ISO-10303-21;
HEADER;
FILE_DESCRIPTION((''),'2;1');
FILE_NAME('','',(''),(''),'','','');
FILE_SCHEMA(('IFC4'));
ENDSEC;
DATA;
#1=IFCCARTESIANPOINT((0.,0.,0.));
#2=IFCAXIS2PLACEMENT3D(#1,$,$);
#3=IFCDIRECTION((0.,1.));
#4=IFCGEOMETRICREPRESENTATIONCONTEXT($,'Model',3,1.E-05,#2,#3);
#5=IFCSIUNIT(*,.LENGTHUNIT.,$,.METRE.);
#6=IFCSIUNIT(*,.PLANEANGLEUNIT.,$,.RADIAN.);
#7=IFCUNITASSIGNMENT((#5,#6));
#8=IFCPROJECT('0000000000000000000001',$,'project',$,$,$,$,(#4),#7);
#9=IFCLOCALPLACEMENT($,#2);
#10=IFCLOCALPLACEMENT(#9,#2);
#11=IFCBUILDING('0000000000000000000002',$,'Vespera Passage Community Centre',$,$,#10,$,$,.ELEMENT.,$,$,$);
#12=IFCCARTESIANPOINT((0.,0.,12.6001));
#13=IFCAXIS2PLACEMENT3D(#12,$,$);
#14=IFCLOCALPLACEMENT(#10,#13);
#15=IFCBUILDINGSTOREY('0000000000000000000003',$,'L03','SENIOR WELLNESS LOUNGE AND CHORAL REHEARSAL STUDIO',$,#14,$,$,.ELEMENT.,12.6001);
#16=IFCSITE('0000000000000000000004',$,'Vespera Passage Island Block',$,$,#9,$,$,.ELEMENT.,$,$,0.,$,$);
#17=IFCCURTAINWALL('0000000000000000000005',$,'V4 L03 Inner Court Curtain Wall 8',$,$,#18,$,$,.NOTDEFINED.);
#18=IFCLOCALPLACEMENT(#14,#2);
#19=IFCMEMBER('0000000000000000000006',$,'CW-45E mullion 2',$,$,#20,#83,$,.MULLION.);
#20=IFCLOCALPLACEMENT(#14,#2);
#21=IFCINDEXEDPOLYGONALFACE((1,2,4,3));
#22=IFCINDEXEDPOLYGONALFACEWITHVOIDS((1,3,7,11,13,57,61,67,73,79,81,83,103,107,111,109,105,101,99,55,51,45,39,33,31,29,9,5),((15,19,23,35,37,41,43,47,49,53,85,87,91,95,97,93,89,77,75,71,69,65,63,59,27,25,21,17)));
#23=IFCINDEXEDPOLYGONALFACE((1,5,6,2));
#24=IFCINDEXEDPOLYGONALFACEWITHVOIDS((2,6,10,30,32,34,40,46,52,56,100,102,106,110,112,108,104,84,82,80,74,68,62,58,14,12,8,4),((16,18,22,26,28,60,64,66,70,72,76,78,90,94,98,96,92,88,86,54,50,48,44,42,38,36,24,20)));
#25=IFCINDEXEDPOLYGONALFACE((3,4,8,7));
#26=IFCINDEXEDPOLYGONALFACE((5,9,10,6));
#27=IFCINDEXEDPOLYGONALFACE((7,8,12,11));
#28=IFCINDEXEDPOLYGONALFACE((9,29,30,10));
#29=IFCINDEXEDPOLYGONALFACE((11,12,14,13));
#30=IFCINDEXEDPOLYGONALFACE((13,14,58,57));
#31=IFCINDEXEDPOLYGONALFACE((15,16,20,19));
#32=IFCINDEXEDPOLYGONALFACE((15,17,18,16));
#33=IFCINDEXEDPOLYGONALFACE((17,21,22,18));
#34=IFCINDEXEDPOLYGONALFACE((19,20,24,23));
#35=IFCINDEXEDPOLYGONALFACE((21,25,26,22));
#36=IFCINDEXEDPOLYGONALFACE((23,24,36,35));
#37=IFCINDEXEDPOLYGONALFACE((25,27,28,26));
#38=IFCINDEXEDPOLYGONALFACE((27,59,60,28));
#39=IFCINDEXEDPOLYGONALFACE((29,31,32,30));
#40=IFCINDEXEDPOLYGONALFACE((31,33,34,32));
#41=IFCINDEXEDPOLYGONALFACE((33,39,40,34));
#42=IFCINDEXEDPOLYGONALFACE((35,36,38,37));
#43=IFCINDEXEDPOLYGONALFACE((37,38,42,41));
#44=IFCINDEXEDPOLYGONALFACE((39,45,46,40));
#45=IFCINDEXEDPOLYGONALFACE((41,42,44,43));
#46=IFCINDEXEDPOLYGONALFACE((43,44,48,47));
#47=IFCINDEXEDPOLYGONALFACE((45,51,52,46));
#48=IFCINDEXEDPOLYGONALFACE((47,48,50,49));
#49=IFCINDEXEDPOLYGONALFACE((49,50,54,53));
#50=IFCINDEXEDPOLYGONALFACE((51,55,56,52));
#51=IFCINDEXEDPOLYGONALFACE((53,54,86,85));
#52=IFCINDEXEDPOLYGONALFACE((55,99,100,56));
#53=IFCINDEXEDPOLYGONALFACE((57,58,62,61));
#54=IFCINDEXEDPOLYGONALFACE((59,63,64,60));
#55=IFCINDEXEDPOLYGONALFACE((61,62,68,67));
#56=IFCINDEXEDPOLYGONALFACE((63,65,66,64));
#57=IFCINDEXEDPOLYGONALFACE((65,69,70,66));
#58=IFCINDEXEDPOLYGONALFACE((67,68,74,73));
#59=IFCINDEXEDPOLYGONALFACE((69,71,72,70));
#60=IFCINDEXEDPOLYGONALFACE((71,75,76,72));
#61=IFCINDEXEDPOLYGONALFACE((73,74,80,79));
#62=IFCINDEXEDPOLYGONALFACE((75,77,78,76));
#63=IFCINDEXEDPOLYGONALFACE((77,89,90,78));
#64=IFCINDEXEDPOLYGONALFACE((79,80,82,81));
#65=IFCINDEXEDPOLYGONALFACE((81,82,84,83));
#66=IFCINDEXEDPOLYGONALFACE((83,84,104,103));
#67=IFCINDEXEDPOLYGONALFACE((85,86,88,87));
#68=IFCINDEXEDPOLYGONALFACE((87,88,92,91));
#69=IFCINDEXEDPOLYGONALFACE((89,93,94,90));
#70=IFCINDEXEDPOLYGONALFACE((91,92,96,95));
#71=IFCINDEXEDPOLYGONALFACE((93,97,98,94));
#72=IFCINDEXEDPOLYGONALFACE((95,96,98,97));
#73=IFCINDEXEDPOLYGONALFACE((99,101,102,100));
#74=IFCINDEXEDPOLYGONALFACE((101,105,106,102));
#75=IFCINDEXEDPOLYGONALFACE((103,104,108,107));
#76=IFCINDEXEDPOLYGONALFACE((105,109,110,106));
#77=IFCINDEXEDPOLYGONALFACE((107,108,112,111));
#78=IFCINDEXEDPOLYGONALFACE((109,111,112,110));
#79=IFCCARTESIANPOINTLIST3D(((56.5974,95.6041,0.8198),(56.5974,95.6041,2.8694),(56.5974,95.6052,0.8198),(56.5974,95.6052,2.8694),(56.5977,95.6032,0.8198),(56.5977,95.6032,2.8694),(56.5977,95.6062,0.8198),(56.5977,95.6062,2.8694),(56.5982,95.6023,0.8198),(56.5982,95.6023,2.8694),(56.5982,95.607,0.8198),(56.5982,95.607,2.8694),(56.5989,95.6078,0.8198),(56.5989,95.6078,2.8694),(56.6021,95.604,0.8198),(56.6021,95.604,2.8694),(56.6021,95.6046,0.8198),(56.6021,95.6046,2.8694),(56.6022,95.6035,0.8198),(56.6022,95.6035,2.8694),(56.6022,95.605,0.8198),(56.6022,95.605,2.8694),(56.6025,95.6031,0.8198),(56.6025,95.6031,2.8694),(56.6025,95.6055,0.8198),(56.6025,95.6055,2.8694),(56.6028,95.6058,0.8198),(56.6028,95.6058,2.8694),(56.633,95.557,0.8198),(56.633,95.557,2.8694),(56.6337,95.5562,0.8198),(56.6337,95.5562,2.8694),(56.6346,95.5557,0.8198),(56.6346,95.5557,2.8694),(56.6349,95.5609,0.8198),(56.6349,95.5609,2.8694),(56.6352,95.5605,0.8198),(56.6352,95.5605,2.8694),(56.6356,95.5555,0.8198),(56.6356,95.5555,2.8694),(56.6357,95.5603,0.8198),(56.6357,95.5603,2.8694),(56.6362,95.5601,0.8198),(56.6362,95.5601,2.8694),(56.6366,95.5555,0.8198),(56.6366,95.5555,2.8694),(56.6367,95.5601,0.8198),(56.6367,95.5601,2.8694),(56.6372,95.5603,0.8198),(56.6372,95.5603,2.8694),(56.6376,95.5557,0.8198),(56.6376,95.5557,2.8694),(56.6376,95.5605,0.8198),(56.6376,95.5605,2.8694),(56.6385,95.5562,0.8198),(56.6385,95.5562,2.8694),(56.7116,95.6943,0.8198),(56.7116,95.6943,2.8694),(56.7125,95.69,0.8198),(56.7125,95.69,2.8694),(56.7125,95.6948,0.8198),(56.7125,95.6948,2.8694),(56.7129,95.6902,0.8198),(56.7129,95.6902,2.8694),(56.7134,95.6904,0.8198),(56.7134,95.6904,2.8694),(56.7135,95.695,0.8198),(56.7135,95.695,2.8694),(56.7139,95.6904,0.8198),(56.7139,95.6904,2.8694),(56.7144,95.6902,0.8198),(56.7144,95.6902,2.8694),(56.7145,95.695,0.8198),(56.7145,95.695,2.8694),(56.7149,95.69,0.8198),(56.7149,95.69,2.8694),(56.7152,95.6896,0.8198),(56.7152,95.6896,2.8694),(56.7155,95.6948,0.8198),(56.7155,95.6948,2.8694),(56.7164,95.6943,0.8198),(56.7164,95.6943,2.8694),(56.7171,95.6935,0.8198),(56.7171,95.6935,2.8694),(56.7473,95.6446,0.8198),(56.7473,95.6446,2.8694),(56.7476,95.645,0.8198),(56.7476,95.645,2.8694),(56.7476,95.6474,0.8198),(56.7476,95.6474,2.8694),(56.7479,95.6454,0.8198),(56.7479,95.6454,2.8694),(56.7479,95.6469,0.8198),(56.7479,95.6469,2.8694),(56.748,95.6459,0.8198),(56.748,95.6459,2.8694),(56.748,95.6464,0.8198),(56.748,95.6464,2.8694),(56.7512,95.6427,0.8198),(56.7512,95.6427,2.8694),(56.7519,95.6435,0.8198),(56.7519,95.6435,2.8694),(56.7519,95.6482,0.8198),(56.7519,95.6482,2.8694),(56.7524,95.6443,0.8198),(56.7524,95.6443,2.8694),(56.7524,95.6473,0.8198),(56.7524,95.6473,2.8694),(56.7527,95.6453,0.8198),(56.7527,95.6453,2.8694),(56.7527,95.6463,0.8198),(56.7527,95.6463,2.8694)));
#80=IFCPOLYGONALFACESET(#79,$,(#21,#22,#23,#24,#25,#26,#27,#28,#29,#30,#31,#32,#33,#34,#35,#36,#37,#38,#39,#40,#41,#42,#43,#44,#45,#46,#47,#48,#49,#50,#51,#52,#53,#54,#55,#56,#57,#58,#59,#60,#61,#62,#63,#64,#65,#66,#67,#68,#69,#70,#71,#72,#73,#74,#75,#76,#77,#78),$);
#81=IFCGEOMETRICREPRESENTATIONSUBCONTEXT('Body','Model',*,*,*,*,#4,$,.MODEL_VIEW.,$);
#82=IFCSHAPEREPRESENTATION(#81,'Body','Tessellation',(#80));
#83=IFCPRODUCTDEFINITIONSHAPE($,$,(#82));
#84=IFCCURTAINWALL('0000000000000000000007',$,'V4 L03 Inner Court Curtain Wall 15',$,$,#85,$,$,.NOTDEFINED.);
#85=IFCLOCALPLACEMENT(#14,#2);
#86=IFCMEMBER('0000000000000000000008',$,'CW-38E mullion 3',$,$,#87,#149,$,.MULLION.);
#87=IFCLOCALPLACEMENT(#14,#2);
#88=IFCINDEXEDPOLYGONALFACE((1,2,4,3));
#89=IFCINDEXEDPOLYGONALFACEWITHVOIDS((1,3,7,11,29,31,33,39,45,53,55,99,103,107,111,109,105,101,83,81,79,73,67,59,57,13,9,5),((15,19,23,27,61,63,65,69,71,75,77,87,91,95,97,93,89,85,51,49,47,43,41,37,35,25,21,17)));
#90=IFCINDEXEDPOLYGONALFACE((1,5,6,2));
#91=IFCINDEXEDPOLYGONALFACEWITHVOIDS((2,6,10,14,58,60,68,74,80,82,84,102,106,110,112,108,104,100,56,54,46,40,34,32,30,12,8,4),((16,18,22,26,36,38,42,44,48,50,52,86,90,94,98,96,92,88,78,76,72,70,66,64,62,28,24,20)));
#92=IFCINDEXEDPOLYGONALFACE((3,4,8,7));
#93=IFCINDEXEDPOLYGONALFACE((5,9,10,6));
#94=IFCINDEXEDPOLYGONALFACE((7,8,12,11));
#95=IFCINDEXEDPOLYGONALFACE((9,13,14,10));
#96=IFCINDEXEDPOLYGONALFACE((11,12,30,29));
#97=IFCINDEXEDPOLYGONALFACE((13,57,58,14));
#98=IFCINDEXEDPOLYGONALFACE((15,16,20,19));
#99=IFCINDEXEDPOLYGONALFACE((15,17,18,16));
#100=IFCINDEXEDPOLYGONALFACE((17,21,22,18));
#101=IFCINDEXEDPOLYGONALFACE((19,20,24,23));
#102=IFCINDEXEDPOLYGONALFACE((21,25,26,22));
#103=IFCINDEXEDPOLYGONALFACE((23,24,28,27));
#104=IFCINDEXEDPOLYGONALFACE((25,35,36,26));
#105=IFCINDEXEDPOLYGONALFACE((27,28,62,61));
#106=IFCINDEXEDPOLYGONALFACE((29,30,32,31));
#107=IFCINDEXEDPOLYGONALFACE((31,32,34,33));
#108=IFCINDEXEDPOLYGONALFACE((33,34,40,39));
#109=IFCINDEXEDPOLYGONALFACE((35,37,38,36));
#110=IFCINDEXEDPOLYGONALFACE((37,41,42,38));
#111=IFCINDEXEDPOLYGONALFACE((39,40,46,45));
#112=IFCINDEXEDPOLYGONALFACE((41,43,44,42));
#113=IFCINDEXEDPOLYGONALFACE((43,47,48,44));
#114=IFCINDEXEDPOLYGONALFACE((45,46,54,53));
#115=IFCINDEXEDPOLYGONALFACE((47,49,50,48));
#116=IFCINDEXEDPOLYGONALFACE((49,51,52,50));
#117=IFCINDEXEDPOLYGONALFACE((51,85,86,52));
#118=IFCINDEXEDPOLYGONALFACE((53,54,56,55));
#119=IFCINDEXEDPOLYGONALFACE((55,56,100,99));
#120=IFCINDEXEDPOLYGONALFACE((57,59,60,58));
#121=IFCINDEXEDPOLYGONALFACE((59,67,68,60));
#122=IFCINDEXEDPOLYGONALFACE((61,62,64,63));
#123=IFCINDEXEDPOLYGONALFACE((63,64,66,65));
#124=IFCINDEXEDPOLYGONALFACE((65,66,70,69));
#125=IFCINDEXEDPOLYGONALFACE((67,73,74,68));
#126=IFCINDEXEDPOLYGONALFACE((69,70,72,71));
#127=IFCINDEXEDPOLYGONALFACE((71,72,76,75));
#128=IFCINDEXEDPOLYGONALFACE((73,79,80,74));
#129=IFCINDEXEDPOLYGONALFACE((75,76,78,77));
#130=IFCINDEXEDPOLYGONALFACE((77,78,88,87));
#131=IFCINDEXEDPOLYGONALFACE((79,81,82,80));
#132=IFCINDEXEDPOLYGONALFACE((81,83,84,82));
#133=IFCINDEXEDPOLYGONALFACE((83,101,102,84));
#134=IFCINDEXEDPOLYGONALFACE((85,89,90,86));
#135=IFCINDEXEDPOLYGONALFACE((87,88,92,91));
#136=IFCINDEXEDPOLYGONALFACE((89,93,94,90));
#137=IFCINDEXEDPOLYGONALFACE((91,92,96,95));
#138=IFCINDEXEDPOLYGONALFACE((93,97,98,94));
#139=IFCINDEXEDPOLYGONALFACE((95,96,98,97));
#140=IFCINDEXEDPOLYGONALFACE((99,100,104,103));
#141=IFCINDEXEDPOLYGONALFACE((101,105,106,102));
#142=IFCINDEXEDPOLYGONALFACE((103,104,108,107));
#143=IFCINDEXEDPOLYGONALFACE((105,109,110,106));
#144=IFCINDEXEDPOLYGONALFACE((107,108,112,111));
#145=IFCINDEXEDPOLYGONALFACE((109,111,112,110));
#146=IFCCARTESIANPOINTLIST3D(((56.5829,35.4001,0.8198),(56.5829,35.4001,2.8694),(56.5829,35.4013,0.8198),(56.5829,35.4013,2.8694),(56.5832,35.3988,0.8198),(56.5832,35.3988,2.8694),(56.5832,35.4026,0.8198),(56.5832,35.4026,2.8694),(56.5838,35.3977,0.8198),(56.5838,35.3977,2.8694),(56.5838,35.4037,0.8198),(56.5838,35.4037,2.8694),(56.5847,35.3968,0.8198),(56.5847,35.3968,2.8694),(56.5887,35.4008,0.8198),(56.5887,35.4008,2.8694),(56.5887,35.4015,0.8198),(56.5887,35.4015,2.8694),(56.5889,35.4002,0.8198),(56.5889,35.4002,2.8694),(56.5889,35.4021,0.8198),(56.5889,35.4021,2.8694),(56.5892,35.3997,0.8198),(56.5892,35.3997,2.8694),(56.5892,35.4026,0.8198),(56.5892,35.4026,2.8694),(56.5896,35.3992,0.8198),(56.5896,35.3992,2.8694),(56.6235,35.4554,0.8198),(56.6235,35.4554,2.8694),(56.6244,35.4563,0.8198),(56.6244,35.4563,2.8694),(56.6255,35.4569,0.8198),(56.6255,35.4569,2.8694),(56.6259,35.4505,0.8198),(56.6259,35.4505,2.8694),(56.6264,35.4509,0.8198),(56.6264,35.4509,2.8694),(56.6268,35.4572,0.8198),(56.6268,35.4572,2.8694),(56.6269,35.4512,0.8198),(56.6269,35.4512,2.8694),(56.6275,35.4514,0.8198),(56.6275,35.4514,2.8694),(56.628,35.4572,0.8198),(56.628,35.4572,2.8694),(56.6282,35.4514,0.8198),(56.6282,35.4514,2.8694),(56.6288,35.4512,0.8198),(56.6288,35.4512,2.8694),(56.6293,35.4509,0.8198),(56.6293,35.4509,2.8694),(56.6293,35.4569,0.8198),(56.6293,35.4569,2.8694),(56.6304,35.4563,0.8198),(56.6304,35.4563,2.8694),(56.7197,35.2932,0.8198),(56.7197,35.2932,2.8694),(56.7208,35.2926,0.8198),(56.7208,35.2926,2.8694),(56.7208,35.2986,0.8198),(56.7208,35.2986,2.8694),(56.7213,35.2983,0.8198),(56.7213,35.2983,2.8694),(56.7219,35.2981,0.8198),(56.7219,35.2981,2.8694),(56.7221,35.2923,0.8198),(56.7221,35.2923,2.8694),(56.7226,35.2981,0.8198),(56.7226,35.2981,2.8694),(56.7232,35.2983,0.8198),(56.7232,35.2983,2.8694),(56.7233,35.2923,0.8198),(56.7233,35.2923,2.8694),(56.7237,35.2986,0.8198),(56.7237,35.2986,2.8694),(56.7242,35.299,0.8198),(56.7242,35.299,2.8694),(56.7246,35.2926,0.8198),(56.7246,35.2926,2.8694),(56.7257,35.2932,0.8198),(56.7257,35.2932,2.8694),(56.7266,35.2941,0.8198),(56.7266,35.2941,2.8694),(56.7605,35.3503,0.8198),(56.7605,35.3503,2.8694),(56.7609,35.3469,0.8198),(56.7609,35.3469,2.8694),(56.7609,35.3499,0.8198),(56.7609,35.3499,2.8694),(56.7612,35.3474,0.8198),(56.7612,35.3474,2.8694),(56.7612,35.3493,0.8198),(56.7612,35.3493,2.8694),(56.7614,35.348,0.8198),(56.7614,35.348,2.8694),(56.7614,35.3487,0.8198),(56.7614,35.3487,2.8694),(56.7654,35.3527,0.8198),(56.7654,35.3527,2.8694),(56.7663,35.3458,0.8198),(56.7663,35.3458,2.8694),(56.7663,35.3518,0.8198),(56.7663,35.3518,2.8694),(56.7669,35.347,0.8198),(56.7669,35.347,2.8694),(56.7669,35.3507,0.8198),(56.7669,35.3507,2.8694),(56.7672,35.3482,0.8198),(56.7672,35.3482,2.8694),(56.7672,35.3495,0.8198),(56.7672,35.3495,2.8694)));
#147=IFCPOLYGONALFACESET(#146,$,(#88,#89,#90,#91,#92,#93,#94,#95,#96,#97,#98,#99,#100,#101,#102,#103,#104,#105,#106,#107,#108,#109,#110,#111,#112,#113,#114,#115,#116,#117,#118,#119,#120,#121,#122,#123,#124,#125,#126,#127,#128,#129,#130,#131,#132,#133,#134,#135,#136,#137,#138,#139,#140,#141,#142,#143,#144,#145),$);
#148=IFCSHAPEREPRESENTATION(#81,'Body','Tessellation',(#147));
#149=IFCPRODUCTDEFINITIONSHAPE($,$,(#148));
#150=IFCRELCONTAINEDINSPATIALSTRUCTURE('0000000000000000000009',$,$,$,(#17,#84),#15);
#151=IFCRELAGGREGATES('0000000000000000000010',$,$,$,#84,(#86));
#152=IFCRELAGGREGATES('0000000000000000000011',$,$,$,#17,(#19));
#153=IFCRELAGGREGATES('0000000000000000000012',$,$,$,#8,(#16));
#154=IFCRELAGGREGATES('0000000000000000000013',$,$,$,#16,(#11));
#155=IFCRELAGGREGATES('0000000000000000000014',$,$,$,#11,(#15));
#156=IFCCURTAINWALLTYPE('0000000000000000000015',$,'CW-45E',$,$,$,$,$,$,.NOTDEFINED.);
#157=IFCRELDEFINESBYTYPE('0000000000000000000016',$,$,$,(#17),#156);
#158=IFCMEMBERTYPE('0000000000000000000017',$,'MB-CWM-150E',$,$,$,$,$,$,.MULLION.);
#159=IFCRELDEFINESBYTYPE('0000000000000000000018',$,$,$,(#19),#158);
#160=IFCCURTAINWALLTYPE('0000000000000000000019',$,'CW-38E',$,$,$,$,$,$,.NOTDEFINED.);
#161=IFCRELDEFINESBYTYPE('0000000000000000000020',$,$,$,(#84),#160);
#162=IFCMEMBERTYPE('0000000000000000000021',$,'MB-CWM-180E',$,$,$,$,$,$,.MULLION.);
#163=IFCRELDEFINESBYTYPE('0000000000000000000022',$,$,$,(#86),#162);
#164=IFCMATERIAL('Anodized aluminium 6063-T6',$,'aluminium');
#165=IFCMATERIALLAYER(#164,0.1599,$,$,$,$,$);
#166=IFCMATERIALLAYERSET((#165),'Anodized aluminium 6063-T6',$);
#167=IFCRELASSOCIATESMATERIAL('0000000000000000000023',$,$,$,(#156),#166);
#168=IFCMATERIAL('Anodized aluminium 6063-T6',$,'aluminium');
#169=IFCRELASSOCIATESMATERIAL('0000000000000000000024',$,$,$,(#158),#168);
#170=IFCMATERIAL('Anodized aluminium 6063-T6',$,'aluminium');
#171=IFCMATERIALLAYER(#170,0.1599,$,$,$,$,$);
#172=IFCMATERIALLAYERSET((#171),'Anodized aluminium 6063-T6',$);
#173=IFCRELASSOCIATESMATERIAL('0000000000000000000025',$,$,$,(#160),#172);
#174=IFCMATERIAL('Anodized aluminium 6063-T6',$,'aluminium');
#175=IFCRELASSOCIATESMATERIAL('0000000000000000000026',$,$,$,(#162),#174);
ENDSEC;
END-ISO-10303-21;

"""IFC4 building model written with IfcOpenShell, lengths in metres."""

from ifc_helpers import new_model, si_unit, direction, frame, origin, origin_2d, place, context, subcontext, project, spatial, hollow_rectangle, extrude, material, layer, layer_set, material_profile, profile_set, type_object, element, aggregate, save


model = new_model("IFC4")

# Units and contexts
model_context = context("Model", 3, precision=1e-05, world=origin(), true_north=direction((0.0, 1.0)))
body_context = subcontext(model_context, "Body", "Model", "MODEL_VIEW")
ifc_project = project(units=[si_unit("LENGTHUNIT", "METRE"), si_unit("PLANEANGLEUNIT", "RADIAN")], contexts=[model_context])

# Site, building, storey
site_placement = place(None, origin())
site = spatial("IfcSite", under=ifc_project, at=site_placement, Name="Vespera Passage Island Block", CompositionType="ELEMENT", RefElevation=0.0)
building_placement = place(site_placement, origin())
building = spatial("IfcBuilding", under=site, at=building_placement, Name="Vespera Passage Community Centre", CompositionType="ELEMENT")
storey_placement = place(building_placement, frame((0.0, 0.0, 12.6001)))
storey = spatial("IfcBuildingStorey", under=building, at=storey_placement, Name="L03", Description="SENIOR WELLNESS LOUNGE AND CHORAL REHEARSAL STUDIO", CompositionType="ELEMENT", Elevation=12.6001)

# Curtain wall, member
ifc_material_1 = material(Name="Anodized aluminium 6063-T6", Category="aluminium")
ifc_layer_1 = layer(ifc_material_1, 0.1599)
ifc_layer_set_1 = layer_set([ifc_layer_1], Name="Anodized aluminium 6063-T6")
curtain_wall_type_1 = type_object("IfcCurtainWallType", Name="CW-45E", PredefinedType="NOTDEFINED", material=ifc_layer_set_1)
curtain_wall_1_placement = place(storey_placement, origin())
curtain_wall_1 = element("IfcCurtainWall", 1, at=curtain_wall_1_placement, inside=storey, type_object=curtain_wall_type_1, Name="V4 L03 Inner Court Curtain Wall 8", PredefinedType="NOTDEFINED")
ifc_material_2 = material(Name="Anodized aluminium 6063-T6", Category="aluminium")
ifc_material_profile_1 = material_profile(ifc_material_2, hollow_rectangle(XDim=0.0649, YDim=0.1499, WallThickness=0.0039, InnerFilletRadius=0.002, OuterFilletRadius=0.0039, at=origin_2d()), Name="ALU150X65X4")
ifc_profile_set_1 = profile_set([ifc_material_profile_1], Name="Anodized aluminium 6063-T6")
member_type_1 = type_object("IfcMemberType", Name="MB-CWM-150E", PredefinedType="MULLION", material=ifc_profile_set_1)
member_1_placement = place(storey_placement, frame((56.675, 95.6252, 0.8198), z_axis=(0.0, 0.0, 1.0), x_axis=(0.608755, -0.793358, 0.0)))
member_1 = element("IfcMember", 2, at=member_1_placement, type_object=member_type_1, Name="CW-45E mullion 2", PredefinedType="MULLION", context=body_context, shape_type="SweptSolid", body=[
    extrude(hollow_rectangle(XDim=0.0649, YDim=0.1499, WallThickness=0.0039, InnerFilletRadius=0.002, OuterFilletRadius=0.0039, at=origin_2d()), origin(), (0.0, 0.0, 1.0), 2.0496),
])

# Curtain wall, member
ifc_material_3 = material(Name="Anodized aluminium 6063-T6", Category="aluminium")
ifc_layer_2 = layer(ifc_material_3, 0.1599)
ifc_layer_set_2 = layer_set([ifc_layer_2], Name="Anodized aluminium 6063-T6")
curtain_wall_type_2 = type_object("IfcCurtainWallType", Name="CW-38E", PredefinedType="NOTDEFINED", material=ifc_layer_set_2)
curtain_wall_2_placement = place(storey_placement, origin())
curtain_wall_2 = element("IfcCurtainWall", 3, at=curtain_wall_2_placement, inside=storey, type_object=curtain_wall_type_2, Name="V4 L03 Inner Court Curtain Wall 15", PredefinedType="NOTDEFINED")
ifc_material_4 = material(Name="Anodized aluminium 6063-T6", Category="aluminium")
ifc_material_profile_2 = material_profile(ifc_material_4, hollow_rectangle(XDim=0.075, YDim=0.1799, WallThickness=0.0049, InnerFilletRadius=0.0024, OuterFilletRadius=0.0049, at=origin_2d()), Name="ALU180X75X5")
ifc_profile_set_2 = profile_set([ifc_material_profile_2], Name="Anodized aluminium 6063-T6")
member_type_2 = type_object("IfcMemberType", Name="MB-CWM-180E", PredefinedType="MULLION", material=ifc_profile_set_2)
member_2_placement = place(storey_placement, frame((56.675, 35.3748, 0.8198), z_axis=(0.0, 0.0, 1.0), x_axis=(0.608755, 0.793358, 0.0)))
member_2 = element("IfcMember", 4, at=member_2_placement, type_object=member_type_2, Name="CW-38E mullion 3", PredefinedType="MULLION", context=body_context, shape_type="SweptSolid", body=[
    extrude(hollow_rectangle(XDim=0.075, YDim=0.1799, WallThickness=0.0049, InnerFilletRadius=0.0024, OuterFilletRadius=0.0049, at=origin_2d()), origin(), (0.0, 0.0, 1.0), 2.0496),
])

aggregate(curtain_wall_2, [member_2])
aggregate(curtain_wall_1, [member_1])

save(model, "model.ifc")
